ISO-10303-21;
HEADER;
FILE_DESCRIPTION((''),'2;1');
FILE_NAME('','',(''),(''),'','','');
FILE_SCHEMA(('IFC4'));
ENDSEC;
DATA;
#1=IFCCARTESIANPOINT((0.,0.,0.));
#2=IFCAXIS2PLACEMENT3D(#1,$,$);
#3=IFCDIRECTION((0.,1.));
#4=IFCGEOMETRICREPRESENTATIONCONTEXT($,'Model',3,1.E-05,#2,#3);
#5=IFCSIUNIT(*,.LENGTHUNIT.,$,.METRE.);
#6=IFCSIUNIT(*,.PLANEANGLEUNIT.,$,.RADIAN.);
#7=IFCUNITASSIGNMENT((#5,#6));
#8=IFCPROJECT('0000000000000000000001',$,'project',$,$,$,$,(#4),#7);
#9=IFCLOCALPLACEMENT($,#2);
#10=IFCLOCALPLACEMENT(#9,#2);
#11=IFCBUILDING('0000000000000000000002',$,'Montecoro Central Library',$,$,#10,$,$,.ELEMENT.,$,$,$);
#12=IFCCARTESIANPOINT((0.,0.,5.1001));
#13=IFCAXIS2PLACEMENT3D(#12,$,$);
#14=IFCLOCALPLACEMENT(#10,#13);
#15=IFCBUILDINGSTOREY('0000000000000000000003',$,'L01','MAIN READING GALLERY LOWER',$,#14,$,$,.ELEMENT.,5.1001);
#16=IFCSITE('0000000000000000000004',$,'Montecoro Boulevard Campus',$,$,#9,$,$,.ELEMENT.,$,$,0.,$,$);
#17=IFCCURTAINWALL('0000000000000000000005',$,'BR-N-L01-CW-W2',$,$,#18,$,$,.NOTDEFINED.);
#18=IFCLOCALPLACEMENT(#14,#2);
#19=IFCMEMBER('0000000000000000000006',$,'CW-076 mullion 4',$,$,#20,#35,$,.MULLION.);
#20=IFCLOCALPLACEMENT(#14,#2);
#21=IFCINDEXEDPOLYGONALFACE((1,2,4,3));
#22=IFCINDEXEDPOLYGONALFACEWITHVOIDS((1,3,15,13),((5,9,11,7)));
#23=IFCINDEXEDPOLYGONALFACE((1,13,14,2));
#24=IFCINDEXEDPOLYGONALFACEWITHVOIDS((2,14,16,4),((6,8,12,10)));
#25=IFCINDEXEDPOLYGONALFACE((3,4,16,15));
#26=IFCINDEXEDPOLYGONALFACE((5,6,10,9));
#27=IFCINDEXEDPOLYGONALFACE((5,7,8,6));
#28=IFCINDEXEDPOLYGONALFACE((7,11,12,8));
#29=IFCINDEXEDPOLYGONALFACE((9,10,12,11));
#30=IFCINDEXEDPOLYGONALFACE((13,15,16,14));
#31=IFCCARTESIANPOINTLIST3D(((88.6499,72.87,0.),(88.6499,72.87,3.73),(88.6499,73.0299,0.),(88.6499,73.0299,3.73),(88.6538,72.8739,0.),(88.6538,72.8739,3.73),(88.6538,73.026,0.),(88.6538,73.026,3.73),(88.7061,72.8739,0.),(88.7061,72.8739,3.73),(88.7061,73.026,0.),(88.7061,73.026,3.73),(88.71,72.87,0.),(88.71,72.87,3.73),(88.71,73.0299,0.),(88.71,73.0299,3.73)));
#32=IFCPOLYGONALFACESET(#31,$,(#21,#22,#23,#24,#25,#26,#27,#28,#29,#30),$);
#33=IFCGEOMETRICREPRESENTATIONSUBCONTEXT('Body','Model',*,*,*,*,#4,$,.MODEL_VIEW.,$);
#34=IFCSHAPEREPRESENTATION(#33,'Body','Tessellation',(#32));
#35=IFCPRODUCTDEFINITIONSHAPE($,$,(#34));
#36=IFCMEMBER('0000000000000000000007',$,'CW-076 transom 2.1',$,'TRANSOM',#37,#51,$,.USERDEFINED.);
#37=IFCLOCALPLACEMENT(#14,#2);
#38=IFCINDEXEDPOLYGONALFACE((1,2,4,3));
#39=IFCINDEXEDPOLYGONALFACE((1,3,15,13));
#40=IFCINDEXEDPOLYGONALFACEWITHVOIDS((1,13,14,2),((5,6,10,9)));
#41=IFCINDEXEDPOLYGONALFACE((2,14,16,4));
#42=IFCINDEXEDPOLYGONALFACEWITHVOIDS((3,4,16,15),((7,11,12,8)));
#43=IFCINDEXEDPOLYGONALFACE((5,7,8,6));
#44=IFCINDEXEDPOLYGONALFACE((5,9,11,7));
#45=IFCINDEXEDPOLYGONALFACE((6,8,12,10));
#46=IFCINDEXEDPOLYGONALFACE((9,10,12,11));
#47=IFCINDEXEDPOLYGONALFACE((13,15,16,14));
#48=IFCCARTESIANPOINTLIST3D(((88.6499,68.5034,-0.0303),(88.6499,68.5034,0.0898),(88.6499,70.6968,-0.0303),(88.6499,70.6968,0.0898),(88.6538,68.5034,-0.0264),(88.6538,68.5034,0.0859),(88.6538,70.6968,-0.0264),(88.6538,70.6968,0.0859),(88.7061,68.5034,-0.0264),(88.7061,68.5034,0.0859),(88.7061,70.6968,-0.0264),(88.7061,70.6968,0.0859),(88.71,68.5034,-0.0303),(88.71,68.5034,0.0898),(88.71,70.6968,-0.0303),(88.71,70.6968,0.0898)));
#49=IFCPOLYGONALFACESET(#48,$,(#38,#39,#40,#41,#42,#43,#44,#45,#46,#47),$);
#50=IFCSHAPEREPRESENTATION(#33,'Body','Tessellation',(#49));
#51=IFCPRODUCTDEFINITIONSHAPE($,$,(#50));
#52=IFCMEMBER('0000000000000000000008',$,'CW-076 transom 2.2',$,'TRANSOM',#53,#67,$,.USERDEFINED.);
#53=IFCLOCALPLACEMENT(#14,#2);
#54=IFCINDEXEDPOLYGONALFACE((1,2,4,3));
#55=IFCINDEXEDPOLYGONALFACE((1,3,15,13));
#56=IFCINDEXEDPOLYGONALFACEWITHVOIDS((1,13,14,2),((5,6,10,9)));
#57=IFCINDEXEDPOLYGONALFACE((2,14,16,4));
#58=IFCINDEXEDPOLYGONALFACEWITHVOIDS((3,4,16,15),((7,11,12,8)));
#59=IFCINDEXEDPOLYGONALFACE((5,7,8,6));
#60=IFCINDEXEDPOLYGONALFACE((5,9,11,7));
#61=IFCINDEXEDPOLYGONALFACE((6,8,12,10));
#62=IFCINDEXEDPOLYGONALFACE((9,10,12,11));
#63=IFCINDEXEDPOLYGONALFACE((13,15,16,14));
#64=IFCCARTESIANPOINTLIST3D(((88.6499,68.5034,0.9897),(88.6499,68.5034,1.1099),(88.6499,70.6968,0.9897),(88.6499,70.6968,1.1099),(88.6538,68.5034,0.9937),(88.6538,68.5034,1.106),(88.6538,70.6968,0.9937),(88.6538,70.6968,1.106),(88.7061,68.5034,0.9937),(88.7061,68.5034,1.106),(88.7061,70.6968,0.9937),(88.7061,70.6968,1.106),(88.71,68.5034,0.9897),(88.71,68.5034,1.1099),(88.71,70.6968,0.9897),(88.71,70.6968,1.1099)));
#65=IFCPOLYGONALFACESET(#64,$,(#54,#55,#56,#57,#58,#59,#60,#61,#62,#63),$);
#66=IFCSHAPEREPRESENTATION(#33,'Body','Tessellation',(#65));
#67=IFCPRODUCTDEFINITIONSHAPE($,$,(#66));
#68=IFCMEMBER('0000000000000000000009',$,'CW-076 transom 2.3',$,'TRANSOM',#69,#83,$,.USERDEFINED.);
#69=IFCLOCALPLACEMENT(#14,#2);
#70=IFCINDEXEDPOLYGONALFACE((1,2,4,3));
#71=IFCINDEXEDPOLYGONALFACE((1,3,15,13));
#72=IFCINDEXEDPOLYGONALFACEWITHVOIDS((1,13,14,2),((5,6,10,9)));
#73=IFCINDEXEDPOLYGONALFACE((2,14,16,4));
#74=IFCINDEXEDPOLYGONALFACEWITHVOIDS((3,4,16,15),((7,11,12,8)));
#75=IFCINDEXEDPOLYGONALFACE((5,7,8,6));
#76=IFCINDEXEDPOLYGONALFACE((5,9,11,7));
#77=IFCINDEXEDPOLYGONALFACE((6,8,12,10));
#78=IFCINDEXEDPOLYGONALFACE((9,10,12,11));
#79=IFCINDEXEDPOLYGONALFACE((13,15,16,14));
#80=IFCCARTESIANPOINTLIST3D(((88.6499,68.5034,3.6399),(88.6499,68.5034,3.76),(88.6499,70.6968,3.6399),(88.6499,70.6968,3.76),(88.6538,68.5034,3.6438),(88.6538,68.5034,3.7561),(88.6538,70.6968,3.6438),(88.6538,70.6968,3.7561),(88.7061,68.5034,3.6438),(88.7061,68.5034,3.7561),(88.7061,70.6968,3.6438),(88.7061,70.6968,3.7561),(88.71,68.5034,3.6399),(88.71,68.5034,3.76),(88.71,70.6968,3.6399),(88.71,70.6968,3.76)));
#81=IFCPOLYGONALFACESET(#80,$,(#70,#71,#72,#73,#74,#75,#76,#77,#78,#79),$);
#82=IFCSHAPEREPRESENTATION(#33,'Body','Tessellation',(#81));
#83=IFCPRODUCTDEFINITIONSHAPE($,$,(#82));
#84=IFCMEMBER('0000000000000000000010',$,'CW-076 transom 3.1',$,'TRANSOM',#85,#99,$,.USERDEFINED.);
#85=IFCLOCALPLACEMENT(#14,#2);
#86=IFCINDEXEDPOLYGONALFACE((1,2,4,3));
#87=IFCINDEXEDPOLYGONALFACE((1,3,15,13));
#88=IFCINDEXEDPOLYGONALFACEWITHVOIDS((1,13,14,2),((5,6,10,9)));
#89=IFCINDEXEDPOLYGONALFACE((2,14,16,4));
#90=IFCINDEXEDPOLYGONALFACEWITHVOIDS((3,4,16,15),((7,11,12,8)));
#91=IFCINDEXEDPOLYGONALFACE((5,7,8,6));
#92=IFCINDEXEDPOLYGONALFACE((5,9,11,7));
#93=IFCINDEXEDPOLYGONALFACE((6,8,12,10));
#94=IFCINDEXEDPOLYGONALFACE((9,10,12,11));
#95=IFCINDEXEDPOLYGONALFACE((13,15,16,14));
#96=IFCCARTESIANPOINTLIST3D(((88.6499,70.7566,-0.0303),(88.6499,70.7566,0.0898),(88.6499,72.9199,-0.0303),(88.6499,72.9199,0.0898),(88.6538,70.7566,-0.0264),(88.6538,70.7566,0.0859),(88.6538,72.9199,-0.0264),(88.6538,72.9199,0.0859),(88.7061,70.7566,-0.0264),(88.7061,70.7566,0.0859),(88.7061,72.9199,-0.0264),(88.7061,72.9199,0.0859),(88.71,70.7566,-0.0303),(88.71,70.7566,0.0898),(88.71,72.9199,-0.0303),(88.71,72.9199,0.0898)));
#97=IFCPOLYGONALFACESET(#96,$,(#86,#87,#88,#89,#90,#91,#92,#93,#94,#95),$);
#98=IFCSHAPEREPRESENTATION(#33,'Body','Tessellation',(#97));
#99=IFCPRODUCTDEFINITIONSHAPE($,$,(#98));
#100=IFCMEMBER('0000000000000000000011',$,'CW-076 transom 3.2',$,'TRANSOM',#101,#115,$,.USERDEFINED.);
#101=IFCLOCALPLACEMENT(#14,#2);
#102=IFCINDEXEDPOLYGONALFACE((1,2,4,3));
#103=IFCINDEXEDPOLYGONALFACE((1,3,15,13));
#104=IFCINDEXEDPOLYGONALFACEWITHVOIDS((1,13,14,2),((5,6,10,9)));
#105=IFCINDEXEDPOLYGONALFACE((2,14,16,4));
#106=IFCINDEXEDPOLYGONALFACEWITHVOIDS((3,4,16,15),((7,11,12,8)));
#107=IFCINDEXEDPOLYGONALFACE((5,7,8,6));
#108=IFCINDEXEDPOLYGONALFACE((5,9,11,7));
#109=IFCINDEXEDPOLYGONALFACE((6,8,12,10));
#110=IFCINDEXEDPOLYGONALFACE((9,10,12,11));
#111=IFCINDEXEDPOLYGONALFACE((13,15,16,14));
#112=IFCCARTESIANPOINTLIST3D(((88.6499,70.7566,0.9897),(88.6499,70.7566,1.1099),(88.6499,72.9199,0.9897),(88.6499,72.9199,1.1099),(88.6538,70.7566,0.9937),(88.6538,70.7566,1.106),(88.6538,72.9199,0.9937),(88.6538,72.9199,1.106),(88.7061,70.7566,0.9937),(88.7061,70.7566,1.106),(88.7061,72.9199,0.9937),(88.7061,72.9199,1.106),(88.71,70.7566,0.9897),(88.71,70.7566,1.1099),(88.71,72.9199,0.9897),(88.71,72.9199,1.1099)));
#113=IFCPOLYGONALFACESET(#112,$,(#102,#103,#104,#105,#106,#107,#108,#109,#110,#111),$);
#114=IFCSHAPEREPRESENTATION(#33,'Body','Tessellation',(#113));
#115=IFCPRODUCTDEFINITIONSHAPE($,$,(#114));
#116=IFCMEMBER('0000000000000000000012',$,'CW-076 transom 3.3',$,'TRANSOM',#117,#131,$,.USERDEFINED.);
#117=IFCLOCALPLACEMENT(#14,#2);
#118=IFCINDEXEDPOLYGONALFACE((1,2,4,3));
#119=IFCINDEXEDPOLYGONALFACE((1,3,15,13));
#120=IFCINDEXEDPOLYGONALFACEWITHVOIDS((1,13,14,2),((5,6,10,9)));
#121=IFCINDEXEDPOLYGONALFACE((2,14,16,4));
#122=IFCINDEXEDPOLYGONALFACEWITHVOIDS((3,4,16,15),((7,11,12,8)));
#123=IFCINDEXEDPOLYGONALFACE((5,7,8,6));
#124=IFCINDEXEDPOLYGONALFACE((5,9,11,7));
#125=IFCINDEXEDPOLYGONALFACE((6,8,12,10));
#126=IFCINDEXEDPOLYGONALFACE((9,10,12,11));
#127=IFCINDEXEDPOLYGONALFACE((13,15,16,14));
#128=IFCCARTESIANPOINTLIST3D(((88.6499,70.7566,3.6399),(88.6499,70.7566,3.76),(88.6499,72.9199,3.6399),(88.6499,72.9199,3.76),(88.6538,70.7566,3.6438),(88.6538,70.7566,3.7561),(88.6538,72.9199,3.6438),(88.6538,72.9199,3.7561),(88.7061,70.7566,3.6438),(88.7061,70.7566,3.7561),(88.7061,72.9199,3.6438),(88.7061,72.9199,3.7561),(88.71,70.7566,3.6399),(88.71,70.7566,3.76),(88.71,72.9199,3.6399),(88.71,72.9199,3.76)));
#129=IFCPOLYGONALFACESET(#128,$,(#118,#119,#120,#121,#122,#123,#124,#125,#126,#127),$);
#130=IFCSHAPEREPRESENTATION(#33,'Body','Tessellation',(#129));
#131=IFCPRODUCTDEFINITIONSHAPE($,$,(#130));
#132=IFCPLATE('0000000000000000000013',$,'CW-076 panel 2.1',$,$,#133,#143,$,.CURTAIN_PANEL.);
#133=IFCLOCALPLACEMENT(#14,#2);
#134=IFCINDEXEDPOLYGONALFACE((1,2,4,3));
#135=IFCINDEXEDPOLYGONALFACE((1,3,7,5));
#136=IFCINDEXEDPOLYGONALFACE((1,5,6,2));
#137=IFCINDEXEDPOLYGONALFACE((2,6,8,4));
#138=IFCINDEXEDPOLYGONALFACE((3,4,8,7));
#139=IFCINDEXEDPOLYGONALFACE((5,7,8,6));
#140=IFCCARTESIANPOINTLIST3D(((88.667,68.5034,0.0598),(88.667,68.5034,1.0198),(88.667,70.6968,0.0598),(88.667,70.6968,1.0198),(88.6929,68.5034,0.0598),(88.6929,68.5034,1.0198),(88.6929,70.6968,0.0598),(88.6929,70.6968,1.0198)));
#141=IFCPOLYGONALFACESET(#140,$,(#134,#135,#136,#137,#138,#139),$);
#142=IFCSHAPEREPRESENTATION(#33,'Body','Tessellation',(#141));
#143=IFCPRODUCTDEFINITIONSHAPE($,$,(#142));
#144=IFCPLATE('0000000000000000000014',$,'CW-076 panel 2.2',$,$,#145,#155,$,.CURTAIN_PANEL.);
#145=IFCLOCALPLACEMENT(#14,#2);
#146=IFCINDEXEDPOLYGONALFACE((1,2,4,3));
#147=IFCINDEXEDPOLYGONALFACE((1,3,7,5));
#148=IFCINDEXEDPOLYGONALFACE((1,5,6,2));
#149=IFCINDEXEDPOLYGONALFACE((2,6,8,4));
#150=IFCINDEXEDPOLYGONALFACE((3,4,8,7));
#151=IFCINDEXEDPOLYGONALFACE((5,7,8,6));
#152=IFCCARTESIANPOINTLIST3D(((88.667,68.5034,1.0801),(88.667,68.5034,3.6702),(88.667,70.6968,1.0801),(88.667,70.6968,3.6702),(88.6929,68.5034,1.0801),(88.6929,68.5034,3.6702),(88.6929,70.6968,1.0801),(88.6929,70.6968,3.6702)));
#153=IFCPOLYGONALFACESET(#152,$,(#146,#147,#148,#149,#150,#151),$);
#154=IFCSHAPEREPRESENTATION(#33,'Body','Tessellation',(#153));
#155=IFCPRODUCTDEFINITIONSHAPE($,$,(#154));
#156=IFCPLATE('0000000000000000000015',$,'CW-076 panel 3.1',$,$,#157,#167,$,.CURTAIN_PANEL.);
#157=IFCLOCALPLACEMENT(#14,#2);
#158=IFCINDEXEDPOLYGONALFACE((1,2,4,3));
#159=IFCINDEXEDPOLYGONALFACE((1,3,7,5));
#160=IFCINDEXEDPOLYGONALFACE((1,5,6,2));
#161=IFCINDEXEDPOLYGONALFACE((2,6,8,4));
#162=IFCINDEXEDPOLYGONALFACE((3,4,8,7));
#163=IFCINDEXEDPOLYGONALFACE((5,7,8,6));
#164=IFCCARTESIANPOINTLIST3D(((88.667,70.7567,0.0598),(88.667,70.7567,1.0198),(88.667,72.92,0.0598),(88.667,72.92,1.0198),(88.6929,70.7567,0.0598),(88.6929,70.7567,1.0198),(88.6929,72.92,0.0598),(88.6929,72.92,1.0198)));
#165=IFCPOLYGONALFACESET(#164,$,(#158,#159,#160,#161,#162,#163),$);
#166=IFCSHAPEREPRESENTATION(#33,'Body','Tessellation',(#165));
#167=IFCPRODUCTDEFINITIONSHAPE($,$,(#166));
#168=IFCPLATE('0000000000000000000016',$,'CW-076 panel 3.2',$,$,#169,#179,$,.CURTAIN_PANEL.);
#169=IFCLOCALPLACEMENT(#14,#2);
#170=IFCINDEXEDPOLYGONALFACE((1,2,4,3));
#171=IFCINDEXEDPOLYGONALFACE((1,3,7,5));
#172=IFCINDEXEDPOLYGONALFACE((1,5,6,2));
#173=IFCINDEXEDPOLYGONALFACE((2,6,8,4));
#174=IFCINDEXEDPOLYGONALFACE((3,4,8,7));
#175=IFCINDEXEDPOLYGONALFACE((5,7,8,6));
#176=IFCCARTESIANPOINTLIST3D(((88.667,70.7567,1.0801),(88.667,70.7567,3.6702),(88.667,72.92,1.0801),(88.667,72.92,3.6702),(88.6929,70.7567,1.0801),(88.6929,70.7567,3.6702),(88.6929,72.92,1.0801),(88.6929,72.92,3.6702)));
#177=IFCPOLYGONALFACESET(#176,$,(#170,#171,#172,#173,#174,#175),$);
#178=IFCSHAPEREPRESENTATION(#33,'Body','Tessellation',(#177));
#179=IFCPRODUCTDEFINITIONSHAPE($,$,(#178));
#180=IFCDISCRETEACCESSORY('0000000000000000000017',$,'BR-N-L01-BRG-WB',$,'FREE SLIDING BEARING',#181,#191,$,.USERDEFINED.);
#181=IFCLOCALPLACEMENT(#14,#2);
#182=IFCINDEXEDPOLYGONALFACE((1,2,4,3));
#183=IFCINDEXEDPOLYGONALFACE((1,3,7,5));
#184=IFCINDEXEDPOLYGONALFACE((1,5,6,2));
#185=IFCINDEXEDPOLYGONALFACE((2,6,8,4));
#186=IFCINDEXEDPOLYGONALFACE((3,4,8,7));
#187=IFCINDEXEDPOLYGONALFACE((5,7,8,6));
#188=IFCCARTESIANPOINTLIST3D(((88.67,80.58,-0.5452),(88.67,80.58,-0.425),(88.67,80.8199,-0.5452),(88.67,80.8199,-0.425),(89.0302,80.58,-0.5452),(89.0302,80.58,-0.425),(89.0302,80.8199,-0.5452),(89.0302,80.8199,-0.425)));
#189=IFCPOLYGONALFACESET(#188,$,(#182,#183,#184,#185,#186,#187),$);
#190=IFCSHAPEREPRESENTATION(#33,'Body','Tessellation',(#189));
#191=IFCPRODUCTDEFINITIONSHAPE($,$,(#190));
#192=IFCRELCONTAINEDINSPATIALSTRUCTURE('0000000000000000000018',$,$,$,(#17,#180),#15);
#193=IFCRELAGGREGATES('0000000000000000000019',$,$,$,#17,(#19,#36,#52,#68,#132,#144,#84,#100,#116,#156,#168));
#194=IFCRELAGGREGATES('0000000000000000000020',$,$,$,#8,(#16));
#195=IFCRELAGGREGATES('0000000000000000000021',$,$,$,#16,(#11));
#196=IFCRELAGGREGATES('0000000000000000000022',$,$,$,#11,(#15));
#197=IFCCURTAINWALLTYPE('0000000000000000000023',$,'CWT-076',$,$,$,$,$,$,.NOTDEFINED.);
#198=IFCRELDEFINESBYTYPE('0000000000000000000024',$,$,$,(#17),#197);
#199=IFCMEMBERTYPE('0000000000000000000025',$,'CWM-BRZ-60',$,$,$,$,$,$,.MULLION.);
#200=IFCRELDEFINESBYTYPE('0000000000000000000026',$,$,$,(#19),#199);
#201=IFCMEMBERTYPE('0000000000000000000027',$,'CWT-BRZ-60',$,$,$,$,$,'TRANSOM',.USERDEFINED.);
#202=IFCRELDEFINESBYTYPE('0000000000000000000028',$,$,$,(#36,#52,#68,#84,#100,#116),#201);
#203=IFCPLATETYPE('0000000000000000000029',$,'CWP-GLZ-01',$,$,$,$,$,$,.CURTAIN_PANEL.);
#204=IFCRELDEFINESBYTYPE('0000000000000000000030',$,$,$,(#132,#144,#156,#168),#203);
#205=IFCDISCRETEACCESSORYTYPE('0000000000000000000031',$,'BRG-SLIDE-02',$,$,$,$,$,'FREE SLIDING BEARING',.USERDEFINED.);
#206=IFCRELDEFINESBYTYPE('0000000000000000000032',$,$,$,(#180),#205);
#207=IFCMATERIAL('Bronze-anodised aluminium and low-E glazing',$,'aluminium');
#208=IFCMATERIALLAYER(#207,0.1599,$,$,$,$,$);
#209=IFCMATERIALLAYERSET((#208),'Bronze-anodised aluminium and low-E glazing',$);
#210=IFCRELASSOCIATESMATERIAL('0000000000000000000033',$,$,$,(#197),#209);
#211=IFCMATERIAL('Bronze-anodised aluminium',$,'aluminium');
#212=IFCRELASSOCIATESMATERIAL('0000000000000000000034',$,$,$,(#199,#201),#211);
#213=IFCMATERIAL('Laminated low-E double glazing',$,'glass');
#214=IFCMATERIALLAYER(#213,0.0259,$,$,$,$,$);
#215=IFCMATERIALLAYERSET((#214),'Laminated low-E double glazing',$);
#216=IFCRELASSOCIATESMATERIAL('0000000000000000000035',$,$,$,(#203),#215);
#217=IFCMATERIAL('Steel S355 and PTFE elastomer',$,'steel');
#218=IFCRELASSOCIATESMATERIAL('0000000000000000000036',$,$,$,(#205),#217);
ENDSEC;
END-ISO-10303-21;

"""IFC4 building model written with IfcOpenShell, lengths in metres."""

from ifc_helpers import new_model, si_unit, direction, frame, origin, origin_2d, place, context, subcontext, project, spatial, rectangle, hollow_rectangle, extrude, material, layer, layer_set, material_profile, profile_set, type_object, element, aggregate, save


model = new_model("IFC4")

# Units and contexts
model_context = context("Model", 3, precision=1e-05, world=origin(), true_north=direction((0.0, 1.0)))
body_context = subcontext(model_context, "Body", "Model", "MODEL_VIEW")
ifc_project = project(units=[si_unit("LENGTHUNIT", "METRE"), si_unit("PLANEANGLEUNIT", "RADIAN")], contexts=[model_context])

# Site, building, storey
site_placement = place(None, origin())
site = spatial("IfcSite", under=ifc_project, at=site_placement, Name="Montecoro Boulevard Campus", CompositionType="ELEMENT", RefElevation=0.0)
building_placement = place(site_placement, origin())
building = spatial("IfcBuilding", under=site, at=building_placement, Name="Montecoro Central Library", CompositionType="ELEMENT")
storey_placement = place(building_placement, frame((0.0, 0.0, 5.1001)))
storey = spatial("IfcBuildingStorey", under=building, at=storey_placement, Name="L01", Description="MAIN READING GALLERY LOWER", CompositionType="ELEMENT", Elevation=5.1001)

# Curtain wall, members, plates
ifc_material_1 = material(Name="Bronze-anodised aluminium and low-E glazing", Category="aluminium")
ifc_layer_1 = layer(ifc_material_1, 0.1599)
ifc_layer_set_1 = layer_set([ifc_layer_1], Name="Bronze-anodised aluminium and low-E glazing")
curtain_wall_type = type_object("IfcCurtainWallType", Name="CWT-076", PredefinedType="NOTDEFINED", material=ifc_layer_set_1)
curtain_wall_placement = place(storey_placement, origin())
curtain_wall = element("IfcCurtainWall", 1, at=curtain_wall_placement, inside=storey, type_object=curtain_wall_type, Name="BR-N-L01-CW-W2", PredefinedType="NOTDEFINED")
ifc_material_2 = material(Name="Bronze-anodised aluminium", Category="aluminium")
ifc_material_profile_1 = material_profile(ifc_material_2, hollow_rectangle(XDim=0.0601, YDim=0.1599, WallThickness=0.0039, at=origin_2d()), Name="CWM 160x60x4.0")
ifc_profile_set_1 = profile_set([ifc_material_profile_1], Name="Bronze-anodised aluminium")
member_type_1 = type_object("IfcMemberType", Name="CWM-BRZ-60", PredefinedType="MULLION", material=ifc_profile_set_1)
member_1_placement = place(storey_placement, frame((88.6799, 72.95, 0.0), z_axis=(0.0, 0.0, 1.0), x_axis=(-1.0, 0.0, 0.0)))
member_1 = element("IfcMember", 2, at=member_1_placement, type_object=member_type_1, Name="CW-076 mullion 4", PredefinedType="MULLION", context=body_context, shape_type="SweptSolid", body=[
    extrude(hollow_rectangle(XDim=0.0601, YDim=0.1599, WallThickness=0.0039, at=origin_2d()), origin(), (0.0, 0.0, 1.0), 3.73),
])
ifc_material_profile_2 = material_profile(ifc_material_2, hollow_rectangle(XDim=0.0601, YDim=0.1201, WallThickness=0.0039, at=origin_2d()), Name="CWT 120x60x4.0")
ifc_profile_set_2 = profile_set([ifc_material_profile_2], Name="Bronze-anodised aluminium")
member_type_2 = type_object("IfcMemberType", Name="CWT-BRZ-60", ElementType="TRANSOM", PredefinedType="USERDEFINED", material=ifc_profile_set_2)
member_2_placement = place(storey_placement, frame((88.6799, 68.5034, 0.0298), z_axis=(0.0, 1.0, 0.0), x_axis=(-1.0, 0.0, 0.0)))
member_2 = element("IfcMember", 3, at=member_2_placement, type_object=member_type_2, Name="CW-076 transom 2.1", ObjectType="TRANSOM", PredefinedType="USERDEFINED", context=body_context, shape_type="SweptSolid", body=[
    extrude(hollow_rectangle(XDim=0.0601, YDim=0.1201, WallThickness=0.0039, at=origin_2d()), origin(), (0.0, 0.0, 1.0), 2.1934),
])
member_3_placement = place(storey_placement, frame((88.6799, 68.5034, 1.0498), z_axis=(0.0, 1.0, 0.0), x_axis=(-1.0, 0.0, 0.0)))
member_3 = element("IfcMember", 4, at=member_3_placement, type_object=member_type_2, Name="CW-076 transom 2.2", ObjectType="TRANSOM", PredefinedType="USERDEFINED", context=body_context, shape_type="SweptSolid", body=[
    extrude(hollow_rectangle(XDim=0.0601, YDim=0.1201, WallThickness=0.0039, at=origin_2d()), origin(), (0.0, 0.0, 1.0), 2.1934),
])
member_4_placement = place(storey_placement, frame((88.6799, 68.5034, 3.7), z_axis=(0.0, 1.0, 0.0), x_axis=(-1.0, 0.0, 0.0)))
member_4 = element("IfcMember", 5, at=member_4_placement, type_object=member_type_2, Name="CW-076 transom 2.3", ObjectType="TRANSOM", PredefinedType="USERDEFINED", context=body_context, shape_type="SweptSolid", body=[
    extrude(hollow_rectangle(XDim=0.0601, YDim=0.1201, WallThickness=0.0039, at=origin_2d()), origin(), (0.0, 0.0, 1.0), 2.1934),
])
member_5_placement = place(storey_placement, frame((88.6799, 70.7566, 0.0298), z_axis=(0.0, 1.0, 0.0), x_axis=(-1.0, 0.0, 0.0)))
member_5 = element("IfcMember", 6, at=member_5_placement, type_object=member_type_2, Name="CW-076 transom 3.1", ObjectType="TRANSOM", PredefinedType="USERDEFINED", context=body_context, shape_type="SweptSolid", body=[
    extrude(hollow_rectangle(XDim=0.0601, YDim=0.1201, WallThickness=0.0039, at=origin_2d()), origin(), (0.0, 0.0, 1.0), 2.1633),
])
member_6_placement = place(storey_placement, frame((88.6799, 70.7566, 1.0498), z_axis=(0.0, 1.0, 0.0), x_axis=(-1.0, 0.0, 0.0)))
member_6 = element("IfcMember", 7, at=member_6_placement, type_object=member_type_2, Name="CW-076 transom 3.2", ObjectType="TRANSOM", PredefinedType="USERDEFINED", context=body_context, shape_type="SweptSolid", body=[
    extrude(hollow_rectangle(XDim=0.0601, YDim=0.1201, WallThickness=0.0039, at=origin_2d()), origin(), (0.0, 0.0, 1.0), 2.1633),
])
member_7_placement = place(storey_placement, frame((88.6799, 70.7566, 3.7), z_axis=(0.0, 1.0, 0.0), x_axis=(-1.0, 0.0, 0.0)))
member_7 = element("IfcMember", 8, at=member_7_placement, type_object=member_type_2, Name="CW-076 transom 3.3", ObjectType="TRANSOM", PredefinedType="USERDEFINED", context=body_context, shape_type="SweptSolid", body=[
    extrude(hollow_rectangle(XDim=0.0601, YDim=0.1201, WallThickness=0.0039, at=origin_2d()), origin(), (0.0, 0.0, 1.0), 2.1633),
])
ifc_material_3 = material(Name="Laminated low-E double glazing", Category="glass")
ifc_layer_2 = layer(ifc_material_3, 0.0259)
ifc_layer_set_2 = layer_set([ifc_layer_2], Name="Laminated low-E double glazing")
plate_type = type_object("IfcPlateType", Name="CWP-GLZ-01", PredefinedType="CURTAIN_PANEL", material=ifc_layer_set_2)
plate_1_placement = place(storey_placement, frame((88.6799, 69.6001, 0.0598), z_axis=(0.0, 0.0, 1.0), x_axis=(0.0, 1.0, 0.0)))
plate_1 = element("IfcPlate", 9, at=plate_1_placement, type_object=plate_type, Name="CW-076 panel 2.1", PredefinedType="CURTAIN_PANEL", context=body_context, shape_type="SweptSolid", body=[
    extrude(rectangle(XDim=2.1934, YDim=0.0259, at=origin_2d()), origin(), (0.0, 0.0, 1.0), 0.96),
])
plate_2_placement = place(storey_placement, frame((88.6799, 69.6001, 1.0801), z_axis=(0.0, 0.0, 1.0), x_axis=(0.0, 1.0, 0.0)))
plate_2 = element("IfcPlate", 10, at=plate_2_placement, type_object=plate_type, Name="CW-076 panel 2.2", PredefinedType="CURTAIN_PANEL", context=body_context, shape_type="SweptSolid", body=[
    extrude(rectangle(XDim=2.1934, YDim=0.0259, at=origin_2d()), origin(), (0.0, 0.0, 1.0), 2.5901),
])
plate_3_placement = place(storey_placement, frame((88.6799, 71.8384, 0.0598), z_axis=(0.0, 0.0, 1.0), x_axis=(0.0, 1.0, 0.0)))
plate_3 = element("IfcPlate", 11, at=plate_3_placement, type_object=plate_type, Name="CW-076 panel 3.1", PredefinedType="CURTAIN_PANEL", context=body_context, shape_type="SweptSolid", body=[
    extrude(rectangle(XDim=2.1633, YDim=0.0259, at=origin_2d()), origin(), (0.0, 0.0, 1.0), 0.96),
])
plate_4_placement = place(storey_placement, frame((88.6799, 71.8384, 1.0801), z_axis=(0.0, 0.0, 1.0), x_axis=(0.0, 1.0, 0.0)))
plate_4 = element("IfcPlate", 12, at=plate_4_placement, type_object=plate_type, Name="CW-076 panel 3.2", PredefinedType="CURTAIN_PANEL", context=body_context, shape_type="SweptSolid", body=[
    extrude(rectangle(XDim=2.1633, YDim=0.0259, at=origin_2d()), origin(), (0.0, 0.0, 1.0), 2.5901),
])
aggregate(curtain_wall, [member_1, member_2, member_3, member_4, plate_1, plate_2, member_5, member_6, member_7, plate_3, plate_4])

# Discrete accessory
ifc_material_4 = material(Name="Steel S355 and PTFE elastomer", Category="steel")
discrete_accessory_type_1 = type_object("IfcDiscreteAccessoryType", Name="BRG-SLIDE-02", ElementType="FREE SLIDING BEARING", PredefinedType="USERDEFINED", material=ifc_material_4)
for number, where, z_axis, x_axis, name in (
    (13, (88.8501, 80.7, -0.5452), (0.0, 0.0, 1.0), (1.0, 0.0, 0.0), "BR-N-L01-BRG-WB"),
):
    element("IfcDiscreteAccessory", number, at=place(storey_placement, frame(where, z_axis=z_axis, x_axis=x_axis)), inside=storey, type_object=discrete_accessory_type_1, Name=name, ObjectType="FREE SLIDING BEARING", PredefinedType="USERDEFINED", context=body_context, shape_type="SweptSolid", body=[
        extrude(rectangle(XDim=0.3601, YDim=0.24, at=origin_2d()), origin(), (0.0, 0.0, 1.0), 0.1201),
    ])

save(model, "model.ifc")
